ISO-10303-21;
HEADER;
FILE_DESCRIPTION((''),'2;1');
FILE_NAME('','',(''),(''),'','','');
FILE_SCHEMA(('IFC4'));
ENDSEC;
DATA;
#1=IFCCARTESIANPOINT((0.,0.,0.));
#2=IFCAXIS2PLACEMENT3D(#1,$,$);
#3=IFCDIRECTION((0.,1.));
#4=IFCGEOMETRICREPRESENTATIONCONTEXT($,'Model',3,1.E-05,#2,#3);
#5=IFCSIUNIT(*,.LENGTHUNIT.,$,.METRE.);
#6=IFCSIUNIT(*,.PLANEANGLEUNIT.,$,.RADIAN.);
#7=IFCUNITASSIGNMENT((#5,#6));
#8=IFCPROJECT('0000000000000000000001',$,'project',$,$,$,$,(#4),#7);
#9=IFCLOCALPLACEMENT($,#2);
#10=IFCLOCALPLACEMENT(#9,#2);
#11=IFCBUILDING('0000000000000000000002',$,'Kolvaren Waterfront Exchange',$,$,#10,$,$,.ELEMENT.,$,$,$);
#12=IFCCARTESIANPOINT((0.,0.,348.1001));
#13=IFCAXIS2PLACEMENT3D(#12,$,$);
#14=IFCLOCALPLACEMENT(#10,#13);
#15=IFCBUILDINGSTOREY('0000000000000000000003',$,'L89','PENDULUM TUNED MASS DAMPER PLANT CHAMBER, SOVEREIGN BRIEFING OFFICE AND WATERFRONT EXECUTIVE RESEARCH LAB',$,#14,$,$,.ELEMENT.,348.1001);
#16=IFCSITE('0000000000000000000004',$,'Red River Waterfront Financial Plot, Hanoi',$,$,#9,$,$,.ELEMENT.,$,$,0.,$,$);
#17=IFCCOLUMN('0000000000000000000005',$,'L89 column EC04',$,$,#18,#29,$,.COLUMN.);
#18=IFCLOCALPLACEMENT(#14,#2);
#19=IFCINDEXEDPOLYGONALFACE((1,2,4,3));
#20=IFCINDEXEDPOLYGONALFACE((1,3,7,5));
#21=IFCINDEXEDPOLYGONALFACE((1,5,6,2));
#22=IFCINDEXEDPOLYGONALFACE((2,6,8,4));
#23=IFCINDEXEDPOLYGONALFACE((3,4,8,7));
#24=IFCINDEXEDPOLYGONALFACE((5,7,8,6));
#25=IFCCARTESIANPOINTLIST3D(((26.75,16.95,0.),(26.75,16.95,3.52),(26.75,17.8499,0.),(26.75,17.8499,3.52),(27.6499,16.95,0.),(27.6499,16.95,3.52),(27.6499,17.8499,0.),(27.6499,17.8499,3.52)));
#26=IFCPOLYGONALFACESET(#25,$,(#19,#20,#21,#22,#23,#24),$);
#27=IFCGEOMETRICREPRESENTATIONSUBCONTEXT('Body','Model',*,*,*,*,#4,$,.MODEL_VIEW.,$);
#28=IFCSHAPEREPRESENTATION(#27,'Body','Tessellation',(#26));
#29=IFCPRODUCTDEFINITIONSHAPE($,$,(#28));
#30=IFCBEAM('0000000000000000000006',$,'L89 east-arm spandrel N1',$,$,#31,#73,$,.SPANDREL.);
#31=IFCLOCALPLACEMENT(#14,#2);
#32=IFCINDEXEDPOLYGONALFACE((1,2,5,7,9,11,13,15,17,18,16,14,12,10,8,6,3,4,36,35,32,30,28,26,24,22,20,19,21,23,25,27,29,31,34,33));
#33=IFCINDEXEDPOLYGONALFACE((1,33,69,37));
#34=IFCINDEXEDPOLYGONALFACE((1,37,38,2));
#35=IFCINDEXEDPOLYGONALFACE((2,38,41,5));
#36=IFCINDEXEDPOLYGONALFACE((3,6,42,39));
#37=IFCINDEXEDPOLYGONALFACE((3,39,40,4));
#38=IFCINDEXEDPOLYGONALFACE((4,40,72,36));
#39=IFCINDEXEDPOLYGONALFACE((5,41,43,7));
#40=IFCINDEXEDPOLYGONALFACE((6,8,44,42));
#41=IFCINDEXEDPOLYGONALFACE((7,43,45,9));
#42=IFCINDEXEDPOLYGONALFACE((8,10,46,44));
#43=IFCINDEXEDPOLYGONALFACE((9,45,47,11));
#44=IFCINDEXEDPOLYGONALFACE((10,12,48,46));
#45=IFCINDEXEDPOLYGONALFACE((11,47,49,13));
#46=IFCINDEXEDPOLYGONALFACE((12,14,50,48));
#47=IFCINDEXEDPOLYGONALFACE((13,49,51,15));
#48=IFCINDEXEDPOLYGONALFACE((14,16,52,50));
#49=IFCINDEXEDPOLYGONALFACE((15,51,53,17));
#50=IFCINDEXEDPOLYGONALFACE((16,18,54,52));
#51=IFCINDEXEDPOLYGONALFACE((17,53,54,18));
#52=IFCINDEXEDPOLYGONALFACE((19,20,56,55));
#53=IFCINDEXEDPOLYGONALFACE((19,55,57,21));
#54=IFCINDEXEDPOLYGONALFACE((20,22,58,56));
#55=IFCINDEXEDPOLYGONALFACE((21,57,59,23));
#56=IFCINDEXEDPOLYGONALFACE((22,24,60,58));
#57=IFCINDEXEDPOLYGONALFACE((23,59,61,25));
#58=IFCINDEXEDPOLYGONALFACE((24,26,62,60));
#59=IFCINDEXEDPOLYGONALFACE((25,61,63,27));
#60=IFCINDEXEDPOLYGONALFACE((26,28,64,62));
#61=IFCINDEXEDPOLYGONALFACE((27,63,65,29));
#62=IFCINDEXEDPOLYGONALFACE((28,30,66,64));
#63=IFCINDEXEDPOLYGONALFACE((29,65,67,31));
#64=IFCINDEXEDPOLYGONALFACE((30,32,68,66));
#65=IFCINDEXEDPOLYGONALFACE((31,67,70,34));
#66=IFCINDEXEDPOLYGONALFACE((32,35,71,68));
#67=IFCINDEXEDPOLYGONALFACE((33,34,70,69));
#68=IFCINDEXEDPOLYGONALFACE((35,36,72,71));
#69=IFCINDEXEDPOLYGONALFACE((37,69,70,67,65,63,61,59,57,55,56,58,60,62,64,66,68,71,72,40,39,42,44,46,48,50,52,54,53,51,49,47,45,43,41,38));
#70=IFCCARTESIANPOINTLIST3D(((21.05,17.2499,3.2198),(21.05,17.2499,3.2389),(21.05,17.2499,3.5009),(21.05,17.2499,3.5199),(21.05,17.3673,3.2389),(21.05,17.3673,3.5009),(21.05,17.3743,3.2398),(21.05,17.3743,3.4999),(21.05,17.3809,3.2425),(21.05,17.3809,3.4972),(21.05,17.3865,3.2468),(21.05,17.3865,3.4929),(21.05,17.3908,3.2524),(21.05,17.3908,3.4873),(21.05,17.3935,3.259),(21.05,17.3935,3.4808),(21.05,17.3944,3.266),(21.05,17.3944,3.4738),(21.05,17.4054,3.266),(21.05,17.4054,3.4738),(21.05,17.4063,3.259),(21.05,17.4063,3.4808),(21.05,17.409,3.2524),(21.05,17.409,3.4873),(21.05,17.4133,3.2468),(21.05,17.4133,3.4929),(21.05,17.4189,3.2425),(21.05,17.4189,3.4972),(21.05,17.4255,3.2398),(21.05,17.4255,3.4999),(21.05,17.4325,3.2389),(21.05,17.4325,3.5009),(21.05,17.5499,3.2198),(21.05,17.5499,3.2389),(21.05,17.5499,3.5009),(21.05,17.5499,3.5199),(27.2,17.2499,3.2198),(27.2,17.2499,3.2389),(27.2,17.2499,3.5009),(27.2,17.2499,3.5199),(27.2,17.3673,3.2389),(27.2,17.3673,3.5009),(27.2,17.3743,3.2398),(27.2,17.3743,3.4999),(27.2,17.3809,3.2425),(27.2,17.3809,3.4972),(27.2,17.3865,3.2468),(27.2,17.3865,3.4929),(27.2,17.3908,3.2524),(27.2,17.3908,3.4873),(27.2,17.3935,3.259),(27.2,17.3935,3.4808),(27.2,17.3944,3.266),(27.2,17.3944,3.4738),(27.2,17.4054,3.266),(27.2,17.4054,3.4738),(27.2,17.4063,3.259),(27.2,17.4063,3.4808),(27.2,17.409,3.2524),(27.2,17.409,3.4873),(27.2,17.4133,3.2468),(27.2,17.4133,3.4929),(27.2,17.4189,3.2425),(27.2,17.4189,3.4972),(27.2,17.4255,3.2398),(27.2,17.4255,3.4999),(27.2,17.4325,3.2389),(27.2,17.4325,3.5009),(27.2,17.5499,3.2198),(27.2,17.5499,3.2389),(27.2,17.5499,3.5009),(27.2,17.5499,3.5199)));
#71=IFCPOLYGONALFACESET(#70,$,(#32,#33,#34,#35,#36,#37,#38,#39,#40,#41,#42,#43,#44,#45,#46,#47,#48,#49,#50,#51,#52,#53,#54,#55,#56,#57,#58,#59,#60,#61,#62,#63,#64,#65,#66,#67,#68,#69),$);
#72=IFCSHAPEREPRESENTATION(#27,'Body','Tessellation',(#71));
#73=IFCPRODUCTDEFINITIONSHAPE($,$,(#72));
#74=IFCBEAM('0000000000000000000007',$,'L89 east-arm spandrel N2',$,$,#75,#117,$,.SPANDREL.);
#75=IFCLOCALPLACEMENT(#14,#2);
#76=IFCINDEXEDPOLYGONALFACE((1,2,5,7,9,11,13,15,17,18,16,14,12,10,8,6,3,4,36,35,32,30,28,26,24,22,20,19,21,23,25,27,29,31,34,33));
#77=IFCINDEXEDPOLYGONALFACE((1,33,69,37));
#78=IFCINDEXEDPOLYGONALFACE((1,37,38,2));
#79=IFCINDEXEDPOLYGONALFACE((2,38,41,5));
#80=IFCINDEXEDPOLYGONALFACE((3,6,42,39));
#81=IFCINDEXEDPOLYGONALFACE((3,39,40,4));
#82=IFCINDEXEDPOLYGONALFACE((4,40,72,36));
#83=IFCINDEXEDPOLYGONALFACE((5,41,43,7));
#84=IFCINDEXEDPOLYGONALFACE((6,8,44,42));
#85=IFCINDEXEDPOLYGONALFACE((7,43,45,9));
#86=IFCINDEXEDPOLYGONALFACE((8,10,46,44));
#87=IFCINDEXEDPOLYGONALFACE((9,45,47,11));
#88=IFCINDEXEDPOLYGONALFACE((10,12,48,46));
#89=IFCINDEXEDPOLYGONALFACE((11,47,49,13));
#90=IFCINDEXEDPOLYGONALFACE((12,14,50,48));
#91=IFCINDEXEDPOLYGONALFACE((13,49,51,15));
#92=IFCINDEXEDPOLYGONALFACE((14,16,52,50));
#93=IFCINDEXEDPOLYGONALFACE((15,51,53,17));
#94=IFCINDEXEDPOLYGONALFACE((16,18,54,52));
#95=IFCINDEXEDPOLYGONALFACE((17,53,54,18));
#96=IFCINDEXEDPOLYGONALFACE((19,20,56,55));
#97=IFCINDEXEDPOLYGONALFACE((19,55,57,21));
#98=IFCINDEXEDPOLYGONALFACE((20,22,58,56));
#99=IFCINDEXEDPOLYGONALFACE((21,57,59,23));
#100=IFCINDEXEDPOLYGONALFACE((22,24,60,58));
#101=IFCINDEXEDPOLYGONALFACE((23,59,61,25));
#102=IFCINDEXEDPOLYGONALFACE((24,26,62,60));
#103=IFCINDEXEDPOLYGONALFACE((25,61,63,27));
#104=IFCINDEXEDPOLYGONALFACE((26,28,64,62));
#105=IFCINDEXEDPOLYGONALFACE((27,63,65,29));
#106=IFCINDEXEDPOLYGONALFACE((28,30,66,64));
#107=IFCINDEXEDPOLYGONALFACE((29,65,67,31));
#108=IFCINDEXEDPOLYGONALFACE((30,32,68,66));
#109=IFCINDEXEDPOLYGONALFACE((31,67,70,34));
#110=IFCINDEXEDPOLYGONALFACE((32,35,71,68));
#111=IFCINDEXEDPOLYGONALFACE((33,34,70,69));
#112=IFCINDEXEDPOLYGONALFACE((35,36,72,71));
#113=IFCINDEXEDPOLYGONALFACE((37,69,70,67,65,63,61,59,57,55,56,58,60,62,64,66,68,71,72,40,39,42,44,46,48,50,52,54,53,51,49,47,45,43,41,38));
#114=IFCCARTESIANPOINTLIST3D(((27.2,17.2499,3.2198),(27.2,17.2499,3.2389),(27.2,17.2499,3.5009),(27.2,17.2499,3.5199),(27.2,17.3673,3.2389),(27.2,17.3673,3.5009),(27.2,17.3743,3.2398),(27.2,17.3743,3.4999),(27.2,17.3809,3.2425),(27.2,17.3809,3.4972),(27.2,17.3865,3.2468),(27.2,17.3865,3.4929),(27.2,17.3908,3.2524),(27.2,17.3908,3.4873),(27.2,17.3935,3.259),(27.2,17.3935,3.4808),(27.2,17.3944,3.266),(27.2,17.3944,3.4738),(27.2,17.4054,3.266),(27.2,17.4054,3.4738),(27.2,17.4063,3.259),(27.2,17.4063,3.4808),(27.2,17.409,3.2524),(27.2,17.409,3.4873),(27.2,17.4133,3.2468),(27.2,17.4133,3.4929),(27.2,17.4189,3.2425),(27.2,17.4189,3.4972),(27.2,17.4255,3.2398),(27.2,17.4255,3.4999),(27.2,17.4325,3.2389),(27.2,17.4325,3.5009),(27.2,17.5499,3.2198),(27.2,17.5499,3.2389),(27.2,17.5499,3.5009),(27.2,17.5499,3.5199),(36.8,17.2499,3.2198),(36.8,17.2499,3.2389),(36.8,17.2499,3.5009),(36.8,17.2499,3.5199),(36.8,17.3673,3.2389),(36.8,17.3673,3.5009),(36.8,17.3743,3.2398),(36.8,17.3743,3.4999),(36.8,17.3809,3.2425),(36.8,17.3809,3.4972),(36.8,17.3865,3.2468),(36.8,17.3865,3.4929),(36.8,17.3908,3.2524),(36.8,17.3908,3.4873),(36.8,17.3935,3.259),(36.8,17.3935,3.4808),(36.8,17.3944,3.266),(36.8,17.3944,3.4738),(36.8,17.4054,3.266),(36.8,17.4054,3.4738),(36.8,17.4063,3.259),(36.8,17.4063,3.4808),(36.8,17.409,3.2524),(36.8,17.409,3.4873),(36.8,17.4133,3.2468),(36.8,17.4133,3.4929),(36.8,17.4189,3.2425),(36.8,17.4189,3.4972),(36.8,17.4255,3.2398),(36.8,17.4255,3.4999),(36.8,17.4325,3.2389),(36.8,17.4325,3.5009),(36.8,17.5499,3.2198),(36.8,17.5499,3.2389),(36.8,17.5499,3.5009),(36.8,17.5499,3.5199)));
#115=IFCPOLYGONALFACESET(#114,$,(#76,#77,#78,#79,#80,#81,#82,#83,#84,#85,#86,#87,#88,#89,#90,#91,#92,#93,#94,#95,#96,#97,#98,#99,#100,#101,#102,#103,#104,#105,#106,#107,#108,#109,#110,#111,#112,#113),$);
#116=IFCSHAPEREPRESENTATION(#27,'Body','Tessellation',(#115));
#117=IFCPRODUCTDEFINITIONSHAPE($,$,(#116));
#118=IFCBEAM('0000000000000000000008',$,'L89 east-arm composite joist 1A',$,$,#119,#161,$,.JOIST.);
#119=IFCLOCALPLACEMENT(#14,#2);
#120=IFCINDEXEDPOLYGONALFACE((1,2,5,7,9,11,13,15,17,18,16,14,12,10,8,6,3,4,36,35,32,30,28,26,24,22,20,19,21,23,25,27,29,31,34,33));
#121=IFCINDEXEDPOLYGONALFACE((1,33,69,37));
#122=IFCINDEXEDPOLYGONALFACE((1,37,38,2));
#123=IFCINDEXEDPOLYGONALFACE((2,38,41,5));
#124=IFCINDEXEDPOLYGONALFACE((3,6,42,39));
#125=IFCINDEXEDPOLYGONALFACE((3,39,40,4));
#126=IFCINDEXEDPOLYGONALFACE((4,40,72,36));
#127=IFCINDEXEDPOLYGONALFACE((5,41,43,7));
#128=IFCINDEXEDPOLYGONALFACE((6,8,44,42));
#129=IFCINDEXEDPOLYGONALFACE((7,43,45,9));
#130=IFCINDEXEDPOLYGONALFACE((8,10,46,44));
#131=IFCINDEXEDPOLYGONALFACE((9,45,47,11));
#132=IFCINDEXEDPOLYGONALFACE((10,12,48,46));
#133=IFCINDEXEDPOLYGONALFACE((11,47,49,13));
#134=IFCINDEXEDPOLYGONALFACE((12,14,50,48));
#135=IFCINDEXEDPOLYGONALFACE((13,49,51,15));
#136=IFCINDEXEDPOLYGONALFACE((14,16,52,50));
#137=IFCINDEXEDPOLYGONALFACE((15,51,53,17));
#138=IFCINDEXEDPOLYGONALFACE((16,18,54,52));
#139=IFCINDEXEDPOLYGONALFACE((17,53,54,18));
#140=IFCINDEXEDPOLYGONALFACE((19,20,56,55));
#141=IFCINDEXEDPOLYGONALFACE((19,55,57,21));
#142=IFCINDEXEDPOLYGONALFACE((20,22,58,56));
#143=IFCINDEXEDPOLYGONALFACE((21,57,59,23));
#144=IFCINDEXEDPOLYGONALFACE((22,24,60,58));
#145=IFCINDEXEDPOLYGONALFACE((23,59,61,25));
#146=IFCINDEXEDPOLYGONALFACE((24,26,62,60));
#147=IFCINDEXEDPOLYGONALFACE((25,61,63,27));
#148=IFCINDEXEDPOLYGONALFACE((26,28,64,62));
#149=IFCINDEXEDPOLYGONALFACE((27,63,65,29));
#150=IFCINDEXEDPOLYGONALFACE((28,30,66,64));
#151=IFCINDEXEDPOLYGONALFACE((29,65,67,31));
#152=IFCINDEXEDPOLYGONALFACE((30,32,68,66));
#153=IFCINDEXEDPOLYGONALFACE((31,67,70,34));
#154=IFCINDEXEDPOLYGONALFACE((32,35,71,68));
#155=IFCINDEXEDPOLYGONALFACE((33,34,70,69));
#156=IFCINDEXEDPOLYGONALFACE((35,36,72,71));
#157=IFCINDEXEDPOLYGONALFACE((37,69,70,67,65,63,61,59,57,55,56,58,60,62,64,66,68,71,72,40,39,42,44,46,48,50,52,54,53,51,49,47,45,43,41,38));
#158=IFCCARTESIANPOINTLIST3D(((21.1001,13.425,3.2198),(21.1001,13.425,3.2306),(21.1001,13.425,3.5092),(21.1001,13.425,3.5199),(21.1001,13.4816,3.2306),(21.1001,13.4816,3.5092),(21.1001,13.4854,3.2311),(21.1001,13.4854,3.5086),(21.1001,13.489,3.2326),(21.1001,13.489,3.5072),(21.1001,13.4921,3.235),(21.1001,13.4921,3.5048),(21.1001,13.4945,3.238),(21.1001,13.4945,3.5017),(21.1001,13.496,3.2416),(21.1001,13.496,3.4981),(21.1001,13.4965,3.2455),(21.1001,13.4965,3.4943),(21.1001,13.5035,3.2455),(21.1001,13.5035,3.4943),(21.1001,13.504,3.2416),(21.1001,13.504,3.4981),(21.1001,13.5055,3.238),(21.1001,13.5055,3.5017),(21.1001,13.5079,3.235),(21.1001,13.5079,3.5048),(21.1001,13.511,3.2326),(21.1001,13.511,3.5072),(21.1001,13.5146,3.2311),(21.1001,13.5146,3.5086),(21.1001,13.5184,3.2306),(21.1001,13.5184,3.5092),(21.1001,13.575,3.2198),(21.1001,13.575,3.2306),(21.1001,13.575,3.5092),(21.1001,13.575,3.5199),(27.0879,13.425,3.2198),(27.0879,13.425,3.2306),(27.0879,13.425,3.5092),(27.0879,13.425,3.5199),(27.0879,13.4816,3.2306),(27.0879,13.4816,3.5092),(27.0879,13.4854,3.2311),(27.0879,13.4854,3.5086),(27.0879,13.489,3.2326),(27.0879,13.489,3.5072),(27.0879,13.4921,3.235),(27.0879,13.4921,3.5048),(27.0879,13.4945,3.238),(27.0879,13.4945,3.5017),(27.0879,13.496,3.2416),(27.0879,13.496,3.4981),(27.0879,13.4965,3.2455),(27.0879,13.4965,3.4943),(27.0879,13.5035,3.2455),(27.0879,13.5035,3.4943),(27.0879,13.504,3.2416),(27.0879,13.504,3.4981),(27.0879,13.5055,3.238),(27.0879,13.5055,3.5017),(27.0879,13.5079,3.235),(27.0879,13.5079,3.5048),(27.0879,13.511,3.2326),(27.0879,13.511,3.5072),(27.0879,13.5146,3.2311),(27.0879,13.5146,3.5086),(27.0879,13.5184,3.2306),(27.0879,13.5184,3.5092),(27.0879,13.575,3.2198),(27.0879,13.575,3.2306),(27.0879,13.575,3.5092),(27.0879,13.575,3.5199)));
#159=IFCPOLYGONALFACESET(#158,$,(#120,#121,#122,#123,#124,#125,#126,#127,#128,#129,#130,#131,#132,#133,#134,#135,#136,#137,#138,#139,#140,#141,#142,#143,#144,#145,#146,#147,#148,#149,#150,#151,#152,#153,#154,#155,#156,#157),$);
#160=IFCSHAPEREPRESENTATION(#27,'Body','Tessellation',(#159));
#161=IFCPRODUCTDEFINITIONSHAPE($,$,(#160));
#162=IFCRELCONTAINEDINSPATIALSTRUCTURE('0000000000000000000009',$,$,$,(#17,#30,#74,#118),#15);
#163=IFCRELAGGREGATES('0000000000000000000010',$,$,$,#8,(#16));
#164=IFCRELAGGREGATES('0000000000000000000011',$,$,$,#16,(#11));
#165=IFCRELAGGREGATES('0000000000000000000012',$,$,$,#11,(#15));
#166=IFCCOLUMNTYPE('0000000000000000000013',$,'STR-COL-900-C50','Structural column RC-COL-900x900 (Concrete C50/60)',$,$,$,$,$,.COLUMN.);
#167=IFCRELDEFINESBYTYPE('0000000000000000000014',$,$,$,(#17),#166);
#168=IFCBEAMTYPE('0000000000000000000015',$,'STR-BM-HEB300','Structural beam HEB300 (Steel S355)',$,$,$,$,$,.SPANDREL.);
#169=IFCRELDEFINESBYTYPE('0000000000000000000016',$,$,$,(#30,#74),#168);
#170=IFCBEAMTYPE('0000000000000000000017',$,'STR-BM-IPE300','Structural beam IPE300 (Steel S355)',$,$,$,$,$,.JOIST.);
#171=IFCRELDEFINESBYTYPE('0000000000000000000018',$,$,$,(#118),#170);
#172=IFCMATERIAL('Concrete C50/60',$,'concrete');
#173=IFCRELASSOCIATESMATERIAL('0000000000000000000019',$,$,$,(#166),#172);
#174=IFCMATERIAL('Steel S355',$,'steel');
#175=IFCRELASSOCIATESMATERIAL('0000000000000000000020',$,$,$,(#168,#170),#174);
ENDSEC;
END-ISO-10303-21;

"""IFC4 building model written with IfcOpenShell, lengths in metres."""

from ifc_helpers import new_model, si_unit, direction, frame, origin, origin_2d, place, context, subcontext, project, spatial, rectangle, i_section, extrude, material, material_profile, profile_set, type_object, element, save


model = new_model("IFC4")

# Units and contexts
model_context = context("Model", 3, precision=1e-05, world=origin(), true_north=direction((0.0, 1.0)))
body_context = subcontext(model_context, "Body", "Model", "MODEL_VIEW")
ifc_project = project(units=[si_unit("LENGTHUNIT", "METRE"), si_unit("PLANEANGLEUNIT", "RADIAN")], contexts=[model_context])

# Site, building, storey
site_placement = place(None, origin())
site = spatial("IfcSite", under=ifc_project, at=site_placement, Name="Red River Waterfront Financial Plot, Hanoi", CompositionType="ELEMENT", RefElevation=0.0)
building_placement = place(site_placement, origin())
building = spatial("IfcBuilding", under=site, at=building_placement, Name="Kolvaren Waterfront Exchange", CompositionType="ELEMENT")
storey_placement = place(building_placement, frame((0.0, 0.0, 348.1001)))
storey = spatial("IfcBuildingStorey", under=building, at=storey_placement, Name="L89", Description="PENDULUM TUNED MASS DAMPER PLANT CHAMBER, SOVEREIGN BRIEFING OFFICE AND WATERFRONT EXECUTIVE RESEARCH LAB", CompositionType="ELEMENT", Elevation=348.1001)

# Column
ifc_material_1 = material(Name="Concrete C50/60", Category="concrete")
ifc_material_profile_1 = material_profile(ifc_material_1, rectangle(XDim=0.8999, YDim=0.8999, at=origin_2d()), Name="RC-COL-900x900")
ifc_profile_set_1 = profile_set([ifc_material_profile_1], Name="Concrete C50/60")
column_type = type_object("IfcColumnType", Name="STR-COL-900-C50", Description="Structural column RC-COL-900x900 (Concrete C50/60)", PredefinedType="COLUMN", material=ifc_profile_set_1)
column_placement = place(storey_placement, frame((27.2, 17.3999, 0.0), z_axis=(0.0, 0.0, 1.0), x_axis=(1.0, 0.0, 0.0)))
element("IfcColumn", 1, at=column_placement, inside=storey, type_object=column_type, Name="L89 column EC04", PredefinedType="COLUMN", context=body_context, shape_type="SweptSolid", body=[
    extrude(rectangle(XDim=0.8999, YDim=0.8999, at=origin_2d()), origin(), (0.0, 0.0, 1.0), 3.52),
])

# Beams
ifc_material_2 = material(Name="Steel S355", Category="steel")
ifc_material_profile_2 = material_profile(ifc_material_2, i_section(OverallWidth=0.3, OverallDepth=0.3, WebThickness=0.011, FlangeThickness=0.019, FilletRadius=0.0271, at=origin_2d()), Name="HEB300")
ifc_profile_set_2 = profile_set([ifc_material_profile_2], Name="Steel S355")
beam_type_1 = type_object("IfcBeamType", Name="STR-BM-HEB300", Description="Structural beam HEB300 (Steel S355)", PredefinedType="SPANDREL", material=ifc_profile_set_2)
beam_1_placement = place(storey_placement, frame((21.05, 17.3999, 3.3699), z_axis=(1.0, 0.0, 0.0), x_axis=(0.0, 1.0, 0.0)))
element("IfcBeam", 2, at=beam_1_placement, inside=storey, type_object=beam_type_1, Name="L89 east-arm spandrel N1", PredefinedType="SPANDREL", context=body_context, shape_type="SweptSolid", body=[
    extrude(i_section(OverallWidth=0.3, OverallDepth=0.3, WebThickness=0.011, FlangeThickness=0.019, FilletRadius=0.0271, at=origin_2d()), origin(), (0.0, 0.0, 1.0), 6.1499),
])
beam_2_placement = place(storey_placement, frame((27.2, 17.3999, 3.3699), z_axis=(1.0, 0.0, 0.0), x_axis=(0.0, 1.0, 0.0)))
element("IfcBeam", 3, at=beam_2_placement, inside=storey, type_object=beam_type_1, Name="L89 east-arm spandrel N2", PredefinedType="SPANDREL", context=body_context, shape_type="SweptSolid", body=[
    extrude(i_section(OverallWidth=0.3, OverallDepth=0.3, WebThickness=0.011, FlangeThickness=0.019, FilletRadius=0.0271, at=origin_2d()), origin(), (0.0, 0.0, 1.0), 9.6001),
])
ifc_material_profile_3 = material_profile(ifc_material_2, i_section(OverallWidth=0.1499, OverallDepth=0.3, WebThickness=0.0071, FlangeThickness=0.0107, FilletRadius=0.0149, at=origin_2d()), Name="IPE300")
ifc_profile_set_3 = profile_set([ifc_material_profile_3], Name="Steel S355")
beam_type_2 = type_object("IfcBeamType", Name="STR-BM-IPE300", Description="Structural beam IPE300 (Steel S355)", PredefinedType="JOIST", material=ifc_profile_set_3)
for number, where, z_axis, x_axis, name in (
    (4, (21.1001, 13.5, 3.3699), (1.0, 0.0, 0.0), (0.0, 1.0, 0.0), "L89 east-arm composite joist 1A"),
):
    element("IfcBeam", number, at=place(storey_placement, frame(where, z_axis=z_axis, x_axis=x_axis)), inside=storey, type_object=beam_type_2, Name=name, PredefinedType="JOIST", context=body_context, shape_type="SweptSolid", body=[
        extrude(i_section(OverallWidth=0.1499, OverallDepth=0.3, WebThickness=0.0071, FlangeThickness=0.0107, FilletRadius=0.0149, at=origin_2d()), origin(), (0.0, 0.0, 1.0), 5.9878),
    ])

save(model, "model.ifc")
